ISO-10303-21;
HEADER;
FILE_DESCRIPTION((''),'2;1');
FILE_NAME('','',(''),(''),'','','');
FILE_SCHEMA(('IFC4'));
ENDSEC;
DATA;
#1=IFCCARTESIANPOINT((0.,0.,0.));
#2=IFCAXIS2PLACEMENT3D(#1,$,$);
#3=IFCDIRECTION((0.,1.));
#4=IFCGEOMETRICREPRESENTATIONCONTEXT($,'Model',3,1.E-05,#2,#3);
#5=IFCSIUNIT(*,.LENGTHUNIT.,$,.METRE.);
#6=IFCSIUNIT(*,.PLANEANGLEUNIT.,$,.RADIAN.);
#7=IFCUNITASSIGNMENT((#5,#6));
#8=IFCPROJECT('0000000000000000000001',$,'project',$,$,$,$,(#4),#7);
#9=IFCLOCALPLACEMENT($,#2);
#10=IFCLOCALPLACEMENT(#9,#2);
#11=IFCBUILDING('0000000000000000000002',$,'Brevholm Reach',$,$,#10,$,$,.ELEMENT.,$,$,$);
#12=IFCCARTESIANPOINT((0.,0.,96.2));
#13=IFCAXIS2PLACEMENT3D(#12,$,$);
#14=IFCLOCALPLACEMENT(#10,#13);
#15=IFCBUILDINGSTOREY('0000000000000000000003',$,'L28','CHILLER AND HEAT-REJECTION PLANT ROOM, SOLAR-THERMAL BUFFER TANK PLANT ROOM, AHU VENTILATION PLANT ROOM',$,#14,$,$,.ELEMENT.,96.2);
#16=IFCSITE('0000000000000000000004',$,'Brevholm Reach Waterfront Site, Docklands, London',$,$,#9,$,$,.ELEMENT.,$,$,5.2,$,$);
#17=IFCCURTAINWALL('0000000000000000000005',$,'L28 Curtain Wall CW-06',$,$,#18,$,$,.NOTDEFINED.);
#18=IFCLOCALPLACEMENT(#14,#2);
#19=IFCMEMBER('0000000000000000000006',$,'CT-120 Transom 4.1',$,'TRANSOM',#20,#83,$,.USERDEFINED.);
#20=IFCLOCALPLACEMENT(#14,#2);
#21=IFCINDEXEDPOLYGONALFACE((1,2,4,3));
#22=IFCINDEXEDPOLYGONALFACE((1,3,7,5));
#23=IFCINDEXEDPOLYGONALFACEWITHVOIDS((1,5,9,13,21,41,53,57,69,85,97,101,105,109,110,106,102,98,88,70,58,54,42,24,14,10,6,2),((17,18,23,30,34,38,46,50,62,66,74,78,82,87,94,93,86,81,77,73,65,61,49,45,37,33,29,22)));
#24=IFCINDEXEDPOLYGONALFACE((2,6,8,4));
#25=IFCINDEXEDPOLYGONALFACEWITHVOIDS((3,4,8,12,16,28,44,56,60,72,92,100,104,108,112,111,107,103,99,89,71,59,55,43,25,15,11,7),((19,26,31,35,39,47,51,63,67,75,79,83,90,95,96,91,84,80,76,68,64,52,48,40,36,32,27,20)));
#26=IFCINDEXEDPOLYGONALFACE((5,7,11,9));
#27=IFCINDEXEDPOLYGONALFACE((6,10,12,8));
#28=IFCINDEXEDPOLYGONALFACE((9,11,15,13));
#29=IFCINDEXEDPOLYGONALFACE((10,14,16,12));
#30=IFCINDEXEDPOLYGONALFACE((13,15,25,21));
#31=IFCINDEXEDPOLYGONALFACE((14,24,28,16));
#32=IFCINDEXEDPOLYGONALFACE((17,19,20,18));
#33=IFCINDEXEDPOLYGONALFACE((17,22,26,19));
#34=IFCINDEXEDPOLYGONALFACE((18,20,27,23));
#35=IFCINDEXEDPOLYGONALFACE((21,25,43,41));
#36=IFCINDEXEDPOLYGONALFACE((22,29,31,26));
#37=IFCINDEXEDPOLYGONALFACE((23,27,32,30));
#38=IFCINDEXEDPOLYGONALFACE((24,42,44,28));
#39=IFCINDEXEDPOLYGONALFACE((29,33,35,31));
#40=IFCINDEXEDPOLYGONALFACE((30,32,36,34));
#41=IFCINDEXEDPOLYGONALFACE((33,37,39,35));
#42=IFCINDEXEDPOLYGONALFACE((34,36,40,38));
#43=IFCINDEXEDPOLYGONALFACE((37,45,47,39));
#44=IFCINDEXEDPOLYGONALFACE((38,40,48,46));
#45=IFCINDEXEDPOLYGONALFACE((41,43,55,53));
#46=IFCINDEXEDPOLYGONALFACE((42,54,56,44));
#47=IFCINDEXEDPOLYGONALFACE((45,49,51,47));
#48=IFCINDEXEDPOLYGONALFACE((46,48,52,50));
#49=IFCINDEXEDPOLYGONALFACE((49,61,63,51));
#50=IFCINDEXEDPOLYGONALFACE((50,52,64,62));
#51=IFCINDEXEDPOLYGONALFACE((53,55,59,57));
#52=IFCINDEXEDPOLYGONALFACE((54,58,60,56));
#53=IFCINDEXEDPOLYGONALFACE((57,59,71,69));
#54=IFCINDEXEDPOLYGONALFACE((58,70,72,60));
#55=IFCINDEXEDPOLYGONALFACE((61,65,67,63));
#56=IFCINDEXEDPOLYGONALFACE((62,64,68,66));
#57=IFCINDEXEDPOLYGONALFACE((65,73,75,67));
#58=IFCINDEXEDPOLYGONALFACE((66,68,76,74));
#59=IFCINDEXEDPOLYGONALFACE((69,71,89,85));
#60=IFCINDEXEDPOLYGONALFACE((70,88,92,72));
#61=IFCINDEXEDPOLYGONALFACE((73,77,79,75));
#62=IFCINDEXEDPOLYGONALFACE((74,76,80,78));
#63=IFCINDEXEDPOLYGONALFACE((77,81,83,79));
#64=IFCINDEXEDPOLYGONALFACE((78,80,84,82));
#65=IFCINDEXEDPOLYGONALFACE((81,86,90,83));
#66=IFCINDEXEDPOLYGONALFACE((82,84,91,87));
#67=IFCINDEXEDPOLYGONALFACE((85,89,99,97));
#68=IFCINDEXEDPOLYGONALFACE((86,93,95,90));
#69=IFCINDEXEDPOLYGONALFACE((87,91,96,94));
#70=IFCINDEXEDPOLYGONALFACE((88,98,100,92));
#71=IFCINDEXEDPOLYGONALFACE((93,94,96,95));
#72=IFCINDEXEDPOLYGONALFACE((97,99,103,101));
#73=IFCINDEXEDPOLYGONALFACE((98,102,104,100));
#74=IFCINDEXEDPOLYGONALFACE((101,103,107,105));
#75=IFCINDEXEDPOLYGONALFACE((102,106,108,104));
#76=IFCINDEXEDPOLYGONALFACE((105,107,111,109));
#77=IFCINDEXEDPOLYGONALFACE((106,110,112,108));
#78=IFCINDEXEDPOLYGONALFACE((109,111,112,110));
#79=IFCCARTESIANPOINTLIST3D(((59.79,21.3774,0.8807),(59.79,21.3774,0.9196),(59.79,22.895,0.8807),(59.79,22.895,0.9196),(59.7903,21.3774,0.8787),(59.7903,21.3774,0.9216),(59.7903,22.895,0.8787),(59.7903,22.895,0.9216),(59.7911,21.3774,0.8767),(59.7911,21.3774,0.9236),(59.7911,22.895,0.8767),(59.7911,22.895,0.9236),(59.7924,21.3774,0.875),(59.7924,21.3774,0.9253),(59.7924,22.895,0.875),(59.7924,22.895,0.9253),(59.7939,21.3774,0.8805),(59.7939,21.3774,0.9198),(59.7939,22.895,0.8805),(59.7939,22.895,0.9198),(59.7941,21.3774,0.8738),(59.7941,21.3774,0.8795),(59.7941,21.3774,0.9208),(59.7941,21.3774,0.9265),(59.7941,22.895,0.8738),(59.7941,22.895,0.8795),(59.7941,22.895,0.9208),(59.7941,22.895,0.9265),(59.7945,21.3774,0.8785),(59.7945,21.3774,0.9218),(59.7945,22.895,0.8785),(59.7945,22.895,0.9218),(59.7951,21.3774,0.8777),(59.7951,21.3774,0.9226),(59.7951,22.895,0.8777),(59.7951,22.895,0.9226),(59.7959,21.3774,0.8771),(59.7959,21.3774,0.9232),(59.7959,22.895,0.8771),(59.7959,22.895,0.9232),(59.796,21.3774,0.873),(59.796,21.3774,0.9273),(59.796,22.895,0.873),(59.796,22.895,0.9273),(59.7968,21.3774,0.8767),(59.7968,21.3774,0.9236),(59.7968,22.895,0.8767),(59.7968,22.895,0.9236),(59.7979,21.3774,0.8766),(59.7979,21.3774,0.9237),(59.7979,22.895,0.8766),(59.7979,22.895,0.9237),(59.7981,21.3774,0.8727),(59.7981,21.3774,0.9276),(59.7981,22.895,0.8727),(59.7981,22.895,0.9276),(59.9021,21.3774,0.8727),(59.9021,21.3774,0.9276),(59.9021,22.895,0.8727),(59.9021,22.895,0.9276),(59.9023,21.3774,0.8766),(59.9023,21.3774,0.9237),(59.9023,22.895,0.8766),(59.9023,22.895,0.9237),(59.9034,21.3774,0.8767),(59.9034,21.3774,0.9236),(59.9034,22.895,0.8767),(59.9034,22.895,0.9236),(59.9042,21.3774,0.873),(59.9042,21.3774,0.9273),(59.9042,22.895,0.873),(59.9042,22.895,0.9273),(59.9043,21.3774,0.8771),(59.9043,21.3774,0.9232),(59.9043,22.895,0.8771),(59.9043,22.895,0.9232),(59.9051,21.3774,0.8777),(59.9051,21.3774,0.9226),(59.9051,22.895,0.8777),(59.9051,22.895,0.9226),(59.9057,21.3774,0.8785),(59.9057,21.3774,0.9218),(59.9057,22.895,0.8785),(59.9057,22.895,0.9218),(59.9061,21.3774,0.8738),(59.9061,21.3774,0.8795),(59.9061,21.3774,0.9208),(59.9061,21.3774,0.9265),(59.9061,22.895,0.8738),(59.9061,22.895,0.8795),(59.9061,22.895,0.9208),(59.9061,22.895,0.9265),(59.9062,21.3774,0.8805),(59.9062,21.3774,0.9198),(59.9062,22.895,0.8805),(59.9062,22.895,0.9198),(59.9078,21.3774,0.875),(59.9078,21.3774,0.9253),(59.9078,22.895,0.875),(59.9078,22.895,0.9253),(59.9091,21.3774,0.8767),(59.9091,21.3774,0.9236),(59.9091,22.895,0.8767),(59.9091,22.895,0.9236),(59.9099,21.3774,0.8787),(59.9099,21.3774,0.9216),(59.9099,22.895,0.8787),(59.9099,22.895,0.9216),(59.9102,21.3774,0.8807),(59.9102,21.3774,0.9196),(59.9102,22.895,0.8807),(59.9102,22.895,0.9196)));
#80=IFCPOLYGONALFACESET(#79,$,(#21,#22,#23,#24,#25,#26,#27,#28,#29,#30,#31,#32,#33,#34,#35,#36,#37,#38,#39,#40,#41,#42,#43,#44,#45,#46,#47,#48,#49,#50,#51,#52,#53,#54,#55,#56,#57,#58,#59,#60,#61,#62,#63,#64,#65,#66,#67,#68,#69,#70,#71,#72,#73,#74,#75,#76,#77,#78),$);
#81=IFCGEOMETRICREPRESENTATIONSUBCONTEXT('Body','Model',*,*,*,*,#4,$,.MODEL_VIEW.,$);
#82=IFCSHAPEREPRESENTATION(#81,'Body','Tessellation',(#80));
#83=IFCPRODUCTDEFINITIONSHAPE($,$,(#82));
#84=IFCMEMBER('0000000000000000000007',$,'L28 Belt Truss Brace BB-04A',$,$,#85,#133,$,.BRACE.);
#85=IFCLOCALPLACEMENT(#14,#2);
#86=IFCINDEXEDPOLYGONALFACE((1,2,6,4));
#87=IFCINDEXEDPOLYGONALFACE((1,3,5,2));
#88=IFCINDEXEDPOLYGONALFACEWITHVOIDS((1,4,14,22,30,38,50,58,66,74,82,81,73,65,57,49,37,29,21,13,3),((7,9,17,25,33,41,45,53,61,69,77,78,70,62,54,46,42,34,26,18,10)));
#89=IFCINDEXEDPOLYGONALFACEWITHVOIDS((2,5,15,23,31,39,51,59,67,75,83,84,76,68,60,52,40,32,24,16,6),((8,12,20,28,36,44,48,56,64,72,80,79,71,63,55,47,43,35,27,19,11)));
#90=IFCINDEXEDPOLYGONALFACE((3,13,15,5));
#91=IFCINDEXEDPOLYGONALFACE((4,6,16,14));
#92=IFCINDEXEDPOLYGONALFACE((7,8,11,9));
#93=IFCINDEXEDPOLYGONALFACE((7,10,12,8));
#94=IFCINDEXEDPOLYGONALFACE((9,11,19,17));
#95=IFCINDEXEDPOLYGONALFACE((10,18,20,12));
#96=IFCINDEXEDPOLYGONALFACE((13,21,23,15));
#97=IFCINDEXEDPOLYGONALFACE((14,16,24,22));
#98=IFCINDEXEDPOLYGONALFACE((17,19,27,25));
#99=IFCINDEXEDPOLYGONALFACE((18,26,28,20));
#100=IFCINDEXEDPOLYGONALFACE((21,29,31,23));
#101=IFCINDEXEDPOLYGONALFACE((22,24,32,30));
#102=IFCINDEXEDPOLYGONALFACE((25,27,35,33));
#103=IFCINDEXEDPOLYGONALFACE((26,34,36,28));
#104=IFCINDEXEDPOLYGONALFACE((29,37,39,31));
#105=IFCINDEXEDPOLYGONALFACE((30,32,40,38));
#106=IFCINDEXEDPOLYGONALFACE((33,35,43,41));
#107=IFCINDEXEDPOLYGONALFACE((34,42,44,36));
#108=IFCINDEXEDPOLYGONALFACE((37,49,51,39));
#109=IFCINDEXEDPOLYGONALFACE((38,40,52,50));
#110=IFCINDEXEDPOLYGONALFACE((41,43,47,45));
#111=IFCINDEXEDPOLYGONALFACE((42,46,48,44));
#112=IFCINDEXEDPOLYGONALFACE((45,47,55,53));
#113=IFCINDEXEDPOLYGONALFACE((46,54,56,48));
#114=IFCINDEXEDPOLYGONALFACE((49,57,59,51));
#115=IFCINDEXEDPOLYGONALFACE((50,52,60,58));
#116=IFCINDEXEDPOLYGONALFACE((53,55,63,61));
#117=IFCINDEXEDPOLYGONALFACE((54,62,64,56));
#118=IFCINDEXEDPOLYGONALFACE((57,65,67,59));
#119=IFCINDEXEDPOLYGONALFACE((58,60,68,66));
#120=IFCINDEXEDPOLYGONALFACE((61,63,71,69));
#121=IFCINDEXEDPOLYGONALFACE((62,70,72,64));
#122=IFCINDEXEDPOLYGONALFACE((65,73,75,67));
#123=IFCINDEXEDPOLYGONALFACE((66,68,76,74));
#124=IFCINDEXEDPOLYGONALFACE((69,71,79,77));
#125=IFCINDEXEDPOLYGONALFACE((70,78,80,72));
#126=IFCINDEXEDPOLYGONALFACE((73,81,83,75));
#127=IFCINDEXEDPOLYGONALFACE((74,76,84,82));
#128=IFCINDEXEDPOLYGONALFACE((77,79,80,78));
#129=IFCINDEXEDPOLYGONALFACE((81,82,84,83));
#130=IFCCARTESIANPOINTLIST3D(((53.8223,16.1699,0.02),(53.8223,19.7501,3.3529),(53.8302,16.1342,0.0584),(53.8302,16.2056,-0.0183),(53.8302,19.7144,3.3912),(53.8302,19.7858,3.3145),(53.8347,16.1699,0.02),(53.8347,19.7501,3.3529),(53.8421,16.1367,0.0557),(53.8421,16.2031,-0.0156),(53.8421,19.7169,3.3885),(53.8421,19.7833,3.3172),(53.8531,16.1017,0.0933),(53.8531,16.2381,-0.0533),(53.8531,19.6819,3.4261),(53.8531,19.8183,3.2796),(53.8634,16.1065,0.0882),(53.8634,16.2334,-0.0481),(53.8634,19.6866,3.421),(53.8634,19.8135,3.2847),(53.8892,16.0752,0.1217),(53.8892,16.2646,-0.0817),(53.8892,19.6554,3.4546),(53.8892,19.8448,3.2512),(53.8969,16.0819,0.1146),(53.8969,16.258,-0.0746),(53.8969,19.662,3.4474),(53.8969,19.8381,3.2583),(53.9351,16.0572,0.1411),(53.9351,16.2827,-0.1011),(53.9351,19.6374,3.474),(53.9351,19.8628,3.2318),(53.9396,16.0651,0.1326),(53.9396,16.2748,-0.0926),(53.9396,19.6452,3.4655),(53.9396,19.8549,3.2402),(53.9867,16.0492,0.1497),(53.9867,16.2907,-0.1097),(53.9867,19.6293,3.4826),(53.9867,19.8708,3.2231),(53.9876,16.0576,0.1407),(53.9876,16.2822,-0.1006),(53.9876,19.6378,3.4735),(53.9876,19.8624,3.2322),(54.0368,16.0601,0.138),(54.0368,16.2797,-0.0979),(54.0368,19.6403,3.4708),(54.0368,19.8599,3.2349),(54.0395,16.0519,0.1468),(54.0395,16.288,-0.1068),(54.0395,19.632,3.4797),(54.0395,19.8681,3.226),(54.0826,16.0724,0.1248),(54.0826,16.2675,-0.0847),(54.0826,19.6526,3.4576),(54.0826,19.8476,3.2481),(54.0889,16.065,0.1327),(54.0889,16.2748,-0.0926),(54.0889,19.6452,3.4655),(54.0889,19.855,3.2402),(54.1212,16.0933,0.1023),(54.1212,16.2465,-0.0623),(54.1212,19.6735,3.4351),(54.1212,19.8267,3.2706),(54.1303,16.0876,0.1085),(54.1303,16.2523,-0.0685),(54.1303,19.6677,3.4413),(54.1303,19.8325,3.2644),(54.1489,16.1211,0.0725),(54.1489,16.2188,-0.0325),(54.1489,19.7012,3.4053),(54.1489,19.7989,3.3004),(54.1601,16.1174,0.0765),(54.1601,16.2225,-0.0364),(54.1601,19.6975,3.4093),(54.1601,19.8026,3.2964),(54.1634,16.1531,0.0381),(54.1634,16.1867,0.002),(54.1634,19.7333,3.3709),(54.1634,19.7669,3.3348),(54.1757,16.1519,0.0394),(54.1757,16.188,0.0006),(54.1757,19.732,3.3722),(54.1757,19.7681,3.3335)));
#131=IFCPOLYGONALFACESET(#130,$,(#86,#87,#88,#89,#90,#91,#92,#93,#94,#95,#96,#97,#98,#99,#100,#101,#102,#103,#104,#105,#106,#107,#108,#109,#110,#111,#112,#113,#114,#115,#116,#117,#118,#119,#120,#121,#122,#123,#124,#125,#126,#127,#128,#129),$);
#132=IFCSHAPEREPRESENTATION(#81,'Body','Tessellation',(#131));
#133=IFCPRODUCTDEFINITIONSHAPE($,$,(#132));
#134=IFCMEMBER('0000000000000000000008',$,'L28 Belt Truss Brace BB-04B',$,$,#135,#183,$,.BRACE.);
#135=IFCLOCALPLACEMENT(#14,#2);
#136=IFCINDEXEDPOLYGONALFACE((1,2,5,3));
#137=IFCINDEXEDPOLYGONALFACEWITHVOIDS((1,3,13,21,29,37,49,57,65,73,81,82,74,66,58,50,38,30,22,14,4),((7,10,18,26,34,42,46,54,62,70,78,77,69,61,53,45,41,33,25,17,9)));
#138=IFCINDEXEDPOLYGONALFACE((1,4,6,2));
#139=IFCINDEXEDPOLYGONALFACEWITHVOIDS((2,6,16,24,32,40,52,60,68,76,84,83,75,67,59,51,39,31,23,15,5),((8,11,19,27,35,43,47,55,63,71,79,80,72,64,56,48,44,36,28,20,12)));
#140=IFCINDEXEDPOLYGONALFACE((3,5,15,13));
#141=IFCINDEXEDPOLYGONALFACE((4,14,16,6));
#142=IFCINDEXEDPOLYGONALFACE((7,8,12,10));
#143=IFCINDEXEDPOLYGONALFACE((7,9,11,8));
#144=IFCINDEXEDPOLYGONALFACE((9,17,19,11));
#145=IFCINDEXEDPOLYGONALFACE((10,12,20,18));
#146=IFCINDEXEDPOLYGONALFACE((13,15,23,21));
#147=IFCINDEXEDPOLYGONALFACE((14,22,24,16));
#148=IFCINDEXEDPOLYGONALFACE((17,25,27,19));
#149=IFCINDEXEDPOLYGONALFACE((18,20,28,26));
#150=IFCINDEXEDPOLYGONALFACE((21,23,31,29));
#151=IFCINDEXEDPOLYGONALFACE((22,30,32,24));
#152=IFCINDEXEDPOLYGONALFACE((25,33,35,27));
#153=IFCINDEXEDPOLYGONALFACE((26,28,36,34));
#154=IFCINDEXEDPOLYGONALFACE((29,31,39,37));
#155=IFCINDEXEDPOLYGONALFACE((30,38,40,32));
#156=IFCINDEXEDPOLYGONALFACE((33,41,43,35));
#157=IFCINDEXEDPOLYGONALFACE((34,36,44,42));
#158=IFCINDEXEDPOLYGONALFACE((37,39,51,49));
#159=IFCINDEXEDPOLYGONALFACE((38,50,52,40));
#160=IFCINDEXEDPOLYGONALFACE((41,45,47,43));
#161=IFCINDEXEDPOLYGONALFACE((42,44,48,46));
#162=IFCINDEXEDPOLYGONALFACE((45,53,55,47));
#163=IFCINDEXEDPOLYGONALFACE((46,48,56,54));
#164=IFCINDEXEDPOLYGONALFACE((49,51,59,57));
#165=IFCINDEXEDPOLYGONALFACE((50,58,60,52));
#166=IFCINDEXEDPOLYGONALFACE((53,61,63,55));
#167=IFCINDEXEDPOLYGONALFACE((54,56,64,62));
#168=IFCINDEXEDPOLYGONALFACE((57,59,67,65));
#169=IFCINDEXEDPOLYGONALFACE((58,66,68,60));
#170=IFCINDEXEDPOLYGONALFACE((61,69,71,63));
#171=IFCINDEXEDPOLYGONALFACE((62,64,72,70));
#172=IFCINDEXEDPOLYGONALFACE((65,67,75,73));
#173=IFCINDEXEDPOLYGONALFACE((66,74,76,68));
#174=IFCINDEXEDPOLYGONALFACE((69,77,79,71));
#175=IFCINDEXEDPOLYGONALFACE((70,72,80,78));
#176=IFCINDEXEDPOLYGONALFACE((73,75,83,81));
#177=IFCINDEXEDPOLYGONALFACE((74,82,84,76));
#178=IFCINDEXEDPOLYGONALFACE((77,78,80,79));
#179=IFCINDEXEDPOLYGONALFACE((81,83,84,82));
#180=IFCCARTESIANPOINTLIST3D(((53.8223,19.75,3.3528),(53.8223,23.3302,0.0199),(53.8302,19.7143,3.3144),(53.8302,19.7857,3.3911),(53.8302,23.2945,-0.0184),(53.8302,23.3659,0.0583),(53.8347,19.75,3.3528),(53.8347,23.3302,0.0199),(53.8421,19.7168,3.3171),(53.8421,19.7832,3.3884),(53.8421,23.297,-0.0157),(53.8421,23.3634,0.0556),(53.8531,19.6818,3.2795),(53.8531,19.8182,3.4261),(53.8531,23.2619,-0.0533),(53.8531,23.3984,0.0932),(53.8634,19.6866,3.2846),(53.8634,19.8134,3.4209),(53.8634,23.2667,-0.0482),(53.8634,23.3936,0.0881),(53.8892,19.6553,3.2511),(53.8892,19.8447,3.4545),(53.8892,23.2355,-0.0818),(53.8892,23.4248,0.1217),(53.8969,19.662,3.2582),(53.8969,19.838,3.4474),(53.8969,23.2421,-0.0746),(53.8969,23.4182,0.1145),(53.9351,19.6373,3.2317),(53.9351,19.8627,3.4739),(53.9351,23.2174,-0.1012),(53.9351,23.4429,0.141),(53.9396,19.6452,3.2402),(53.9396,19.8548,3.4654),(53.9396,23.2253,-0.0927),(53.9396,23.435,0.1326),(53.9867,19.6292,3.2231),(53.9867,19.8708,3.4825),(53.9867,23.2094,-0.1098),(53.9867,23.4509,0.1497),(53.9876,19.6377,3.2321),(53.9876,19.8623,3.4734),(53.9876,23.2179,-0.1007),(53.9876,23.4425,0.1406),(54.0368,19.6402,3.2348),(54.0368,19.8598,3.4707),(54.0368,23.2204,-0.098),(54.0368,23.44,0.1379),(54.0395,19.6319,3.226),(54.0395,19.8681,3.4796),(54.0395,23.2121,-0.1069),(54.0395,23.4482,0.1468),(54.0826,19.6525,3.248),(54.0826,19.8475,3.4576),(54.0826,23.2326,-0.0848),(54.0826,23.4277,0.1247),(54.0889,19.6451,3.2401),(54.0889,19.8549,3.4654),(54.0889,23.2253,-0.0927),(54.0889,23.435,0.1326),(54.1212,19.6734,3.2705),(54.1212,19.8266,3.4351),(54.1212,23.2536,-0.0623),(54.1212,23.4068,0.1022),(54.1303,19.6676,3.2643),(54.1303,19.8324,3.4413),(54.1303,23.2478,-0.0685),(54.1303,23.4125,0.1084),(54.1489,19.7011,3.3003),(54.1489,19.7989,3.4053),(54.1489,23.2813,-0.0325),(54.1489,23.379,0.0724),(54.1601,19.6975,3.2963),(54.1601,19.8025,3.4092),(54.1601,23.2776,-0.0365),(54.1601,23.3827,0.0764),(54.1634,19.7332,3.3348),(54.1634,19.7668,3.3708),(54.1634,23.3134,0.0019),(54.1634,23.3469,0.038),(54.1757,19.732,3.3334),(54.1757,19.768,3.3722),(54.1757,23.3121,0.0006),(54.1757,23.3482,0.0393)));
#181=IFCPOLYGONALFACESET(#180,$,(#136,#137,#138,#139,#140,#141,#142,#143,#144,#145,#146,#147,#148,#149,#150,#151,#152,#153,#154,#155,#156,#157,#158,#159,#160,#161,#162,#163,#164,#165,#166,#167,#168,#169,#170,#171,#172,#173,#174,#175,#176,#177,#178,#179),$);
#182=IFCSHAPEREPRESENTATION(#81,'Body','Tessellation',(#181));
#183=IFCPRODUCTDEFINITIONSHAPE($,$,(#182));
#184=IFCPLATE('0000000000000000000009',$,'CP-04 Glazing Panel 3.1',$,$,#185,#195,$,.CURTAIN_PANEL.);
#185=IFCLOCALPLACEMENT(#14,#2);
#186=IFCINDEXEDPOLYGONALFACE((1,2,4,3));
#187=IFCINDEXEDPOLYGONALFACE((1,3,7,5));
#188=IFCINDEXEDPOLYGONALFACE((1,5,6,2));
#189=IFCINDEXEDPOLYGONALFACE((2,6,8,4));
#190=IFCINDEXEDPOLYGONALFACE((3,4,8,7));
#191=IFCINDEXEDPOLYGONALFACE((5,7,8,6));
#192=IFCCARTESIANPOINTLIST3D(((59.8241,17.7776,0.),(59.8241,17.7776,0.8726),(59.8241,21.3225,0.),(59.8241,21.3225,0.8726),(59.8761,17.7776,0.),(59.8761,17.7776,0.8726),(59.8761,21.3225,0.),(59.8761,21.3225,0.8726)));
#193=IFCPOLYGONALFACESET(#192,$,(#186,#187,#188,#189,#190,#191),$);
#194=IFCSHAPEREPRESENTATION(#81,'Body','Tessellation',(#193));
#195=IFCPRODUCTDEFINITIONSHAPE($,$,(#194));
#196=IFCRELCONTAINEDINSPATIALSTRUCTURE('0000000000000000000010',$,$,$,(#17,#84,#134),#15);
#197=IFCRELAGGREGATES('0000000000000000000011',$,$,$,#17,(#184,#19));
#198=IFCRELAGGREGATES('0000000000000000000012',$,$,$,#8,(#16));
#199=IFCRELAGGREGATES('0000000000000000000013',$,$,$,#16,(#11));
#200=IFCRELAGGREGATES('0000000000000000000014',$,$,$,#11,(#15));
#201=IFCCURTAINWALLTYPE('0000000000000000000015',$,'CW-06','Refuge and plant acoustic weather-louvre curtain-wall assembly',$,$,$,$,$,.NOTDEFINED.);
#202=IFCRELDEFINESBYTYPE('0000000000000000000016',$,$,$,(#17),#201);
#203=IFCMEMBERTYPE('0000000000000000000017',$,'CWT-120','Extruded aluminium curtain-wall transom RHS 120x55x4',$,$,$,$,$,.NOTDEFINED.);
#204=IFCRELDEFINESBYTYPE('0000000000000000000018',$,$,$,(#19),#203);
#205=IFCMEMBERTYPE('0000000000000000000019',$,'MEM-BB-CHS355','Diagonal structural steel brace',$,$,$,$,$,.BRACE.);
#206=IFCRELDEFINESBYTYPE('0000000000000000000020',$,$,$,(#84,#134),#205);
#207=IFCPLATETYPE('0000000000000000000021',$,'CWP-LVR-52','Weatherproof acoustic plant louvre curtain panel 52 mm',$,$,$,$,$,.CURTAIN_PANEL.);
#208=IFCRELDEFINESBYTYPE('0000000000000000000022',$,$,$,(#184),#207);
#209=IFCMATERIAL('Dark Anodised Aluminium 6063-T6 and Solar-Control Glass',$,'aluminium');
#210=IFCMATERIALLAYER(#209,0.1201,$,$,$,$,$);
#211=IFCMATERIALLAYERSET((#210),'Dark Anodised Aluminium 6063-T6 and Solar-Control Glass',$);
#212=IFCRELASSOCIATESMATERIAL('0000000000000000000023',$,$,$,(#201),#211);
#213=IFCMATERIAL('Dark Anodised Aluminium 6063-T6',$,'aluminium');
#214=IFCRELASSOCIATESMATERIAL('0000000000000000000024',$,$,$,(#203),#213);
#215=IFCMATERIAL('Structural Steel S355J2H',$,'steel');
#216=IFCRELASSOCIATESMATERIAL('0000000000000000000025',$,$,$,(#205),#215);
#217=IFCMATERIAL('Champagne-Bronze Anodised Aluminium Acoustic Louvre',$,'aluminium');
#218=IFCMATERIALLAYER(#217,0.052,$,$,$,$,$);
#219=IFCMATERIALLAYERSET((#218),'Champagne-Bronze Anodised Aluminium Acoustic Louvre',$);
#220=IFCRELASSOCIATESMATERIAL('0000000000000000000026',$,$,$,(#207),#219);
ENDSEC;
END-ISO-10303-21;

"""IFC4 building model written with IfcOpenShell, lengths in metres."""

from ifc_helpers import new_model, si_unit, direction, frame, origin, origin_2d, place, context, subcontext, project, spatial, rectangle, hollow_rectangle, hollow_circle, extrude, material, layer, layer_set, material_profile, profile_set, type_object, element, aggregate, save


model = new_model("IFC4")

# Units and contexts
model_context = context("Model", 3, precision=1e-05, world=origin(), true_north=direction((0.0, 1.0)))
body_context = subcontext(model_context, "Body", "Model", "MODEL_VIEW")
ifc_project = project(units=[si_unit("LENGTHUNIT", "METRE"), si_unit("PLANEANGLEUNIT", "RADIAN")], contexts=[model_context])

# Site, building, storey
site_placement = place(None, origin())
site = spatial("IfcSite", under=ifc_project, at=site_placement, Name="Brevholm Reach Waterfront Site, Docklands, London", CompositionType="ELEMENT", RefElevation=5.2)
building_placement = place(site_placement, origin())
building = spatial("IfcBuilding", under=site, at=building_placement, Name="Brevholm Reach", CompositionType="ELEMENT")
storey_placement = place(building_placement, frame((0.0, 0.0, 96.2)))
storey = spatial("IfcBuildingStorey", under=building, at=storey_placement, Name="L28", Description="CHILLER AND HEAT-REJECTION PLANT ROOM, SOLAR-THERMAL BUFFER TANK PLANT ROOM, AHU VENTILATION PLANT ROOM", CompositionType="ELEMENT", Elevation=96.2)

# Curtain wall, member
ifc_material_1 = material(Name="Dark Anodised Aluminium 6063-T6 and Solar-Control Glass", Category="aluminium")
ifc_layer_1 = layer(ifc_material_1, 0.1201)
ifc_layer_set_1 = layer_set([ifc_layer_1], Name="Dark Anodised Aluminium 6063-T6 and Solar-Control Glass")
curtain_wall_type = type_object("IfcCurtainWallType", Name="CW-06", Description="Refuge and plant acoustic weather-louvre curtain-wall assembly", PredefinedType="NOTDEFINED", material=ifc_layer_set_1)
curtain_wall_placement = place(storey_placement, origin())
curtain_wall = element("IfcCurtainWall", 1, at=curtain_wall_placement, inside=storey, type_object=curtain_wall_type, Name="L28 Curtain Wall CW-06", PredefinedType="NOTDEFINED")
ifc_material_2 = material(Name="Dark Anodised Aluminium 6063-T6", Category="aluminium")
ifc_material_profile_1 = material_profile(ifc_material_2, hollow_rectangle(XDim=0.0549, YDim=0.1201, WallThickness=0.0039, InnerFilletRadius=0.0039, OuterFilletRadius=0.0081, at=origin_2d()), Name="RHS 120x55x4")
ifc_profile_set_1 = profile_set([ifc_material_profile_1], Name="Dark Anodised Aluminium 6063-T6")
member_type_1 = type_object("IfcMemberType", Name="CWT-120", Description="Extruded aluminium curtain-wall transom RHS 120x55x4", PredefinedType="NOTDEFINED", material=ifc_profile_set_1)
member_1_placement = place(storey_placement, frame((59.8501, 21.3774, 0.9001), z_axis=(0.0, 1.0, 0.0), x_axis=(0.0, 0.0, 1.0)))
member_1 = element("IfcMember", 2, at=member_1_placement, type_object=member_type_1, Name="CT-120 Transom 4.1", ObjectType="TRANSOM", PredefinedType="USERDEFINED", context=body_context, shape_type="SweptSolid", body=[
    extrude(hollow_rectangle(XDim=0.0549, YDim=0.1201, WallThickness=0.0039, InnerFilletRadius=0.0039, OuterFilletRadius=0.0081, at=origin_2d()), origin(), (0.0, 0.0, 1.0), 1.5176),
])

# Members
ifc_material_3 = material(Name="Structural Steel S355J2H", Category="steel")
ifc_material_profile_2 = material_profile(ifc_material_3, hollow_circle(Radius=0.1777, WallThickness=0.0125, at=origin_2d()), Name="CHS 355.6x12.5")
ifc_profile_set_2 = profile_set([ifc_material_profile_2], Name="Structural Steel S355J2H")
member_type_2 = type_object("IfcMemberType", Name="MEM-BB-CHS355", Description="Diagonal structural steel brace", PredefinedType="BRACE", material=ifc_profile_set_2)
for number, where, z_axis, x_axis, name in (
    (3, (54.0, 16.1699, 0.02), (0.0, 0.731936, 0.681373), (-1.0, 0.0, 0.0), "L28 Belt Truss Brace BB-04A"),
    (4, (54.0, 19.75, 3.3528), (0.0, 0.731936, -0.681373), (-1.0, 0.0, 0.0), "L28 Belt Truss Brace BB-04B"),
):
    element("IfcMember", number, at=place(storey_placement, frame(where, z_axis=z_axis, x_axis=x_axis)), inside=storey, type_object=member_type_2, Name=name, PredefinedType="BRACE", context=body_context, shape_type="SweptSolid", body=[
        extrude(hollow_circle(Radius=0.1777, WallThickness=0.0125, at=origin_2d()), origin(), (0.0, 0.0, 1.0), 4.8914),
    ])

# Plate
ifc_material_4 = material(Name="Champagne-Bronze Anodised Aluminium Acoustic Louvre", Category="aluminium")
ifc_layer_2 = layer(ifc_material_4, 0.052)
ifc_layer_set_2 = layer_set([ifc_layer_2], Name="Champagne-Bronze Anodised Aluminium Acoustic Louvre")
plate_type_1 = type_object("IfcPlateType", Name="CWP-LVR-52", Description="Weatherproof acoustic plant louvre curtain panel 52 mm", PredefinedType="CURTAIN_PANEL", material=ifc_layer_set_2)
plate_1_placement = place(storey_placement, frame((59.8501, 19.55, 0.0), z_axis=(0.0, 0.0, 1.0), x_axis=(0.0, 1.0, 0.0)))
plate_1 = element("IfcPlate", 5, at=plate_1_placement, type_object=plate_type_1, Name="CP-04 Glazing Panel 3.1", PredefinedType="CURTAIN_PANEL", context=body_context, shape_type="SweptSolid", body=[
    extrude(rectangle(XDim=3.5449, YDim=0.052, at=origin_2d()), origin(), (0.0, 0.0, 1.0), 0.8726),
])
aggregate(curtain_wall, [plate_1, member_1])

save(model, "model.ifc")
